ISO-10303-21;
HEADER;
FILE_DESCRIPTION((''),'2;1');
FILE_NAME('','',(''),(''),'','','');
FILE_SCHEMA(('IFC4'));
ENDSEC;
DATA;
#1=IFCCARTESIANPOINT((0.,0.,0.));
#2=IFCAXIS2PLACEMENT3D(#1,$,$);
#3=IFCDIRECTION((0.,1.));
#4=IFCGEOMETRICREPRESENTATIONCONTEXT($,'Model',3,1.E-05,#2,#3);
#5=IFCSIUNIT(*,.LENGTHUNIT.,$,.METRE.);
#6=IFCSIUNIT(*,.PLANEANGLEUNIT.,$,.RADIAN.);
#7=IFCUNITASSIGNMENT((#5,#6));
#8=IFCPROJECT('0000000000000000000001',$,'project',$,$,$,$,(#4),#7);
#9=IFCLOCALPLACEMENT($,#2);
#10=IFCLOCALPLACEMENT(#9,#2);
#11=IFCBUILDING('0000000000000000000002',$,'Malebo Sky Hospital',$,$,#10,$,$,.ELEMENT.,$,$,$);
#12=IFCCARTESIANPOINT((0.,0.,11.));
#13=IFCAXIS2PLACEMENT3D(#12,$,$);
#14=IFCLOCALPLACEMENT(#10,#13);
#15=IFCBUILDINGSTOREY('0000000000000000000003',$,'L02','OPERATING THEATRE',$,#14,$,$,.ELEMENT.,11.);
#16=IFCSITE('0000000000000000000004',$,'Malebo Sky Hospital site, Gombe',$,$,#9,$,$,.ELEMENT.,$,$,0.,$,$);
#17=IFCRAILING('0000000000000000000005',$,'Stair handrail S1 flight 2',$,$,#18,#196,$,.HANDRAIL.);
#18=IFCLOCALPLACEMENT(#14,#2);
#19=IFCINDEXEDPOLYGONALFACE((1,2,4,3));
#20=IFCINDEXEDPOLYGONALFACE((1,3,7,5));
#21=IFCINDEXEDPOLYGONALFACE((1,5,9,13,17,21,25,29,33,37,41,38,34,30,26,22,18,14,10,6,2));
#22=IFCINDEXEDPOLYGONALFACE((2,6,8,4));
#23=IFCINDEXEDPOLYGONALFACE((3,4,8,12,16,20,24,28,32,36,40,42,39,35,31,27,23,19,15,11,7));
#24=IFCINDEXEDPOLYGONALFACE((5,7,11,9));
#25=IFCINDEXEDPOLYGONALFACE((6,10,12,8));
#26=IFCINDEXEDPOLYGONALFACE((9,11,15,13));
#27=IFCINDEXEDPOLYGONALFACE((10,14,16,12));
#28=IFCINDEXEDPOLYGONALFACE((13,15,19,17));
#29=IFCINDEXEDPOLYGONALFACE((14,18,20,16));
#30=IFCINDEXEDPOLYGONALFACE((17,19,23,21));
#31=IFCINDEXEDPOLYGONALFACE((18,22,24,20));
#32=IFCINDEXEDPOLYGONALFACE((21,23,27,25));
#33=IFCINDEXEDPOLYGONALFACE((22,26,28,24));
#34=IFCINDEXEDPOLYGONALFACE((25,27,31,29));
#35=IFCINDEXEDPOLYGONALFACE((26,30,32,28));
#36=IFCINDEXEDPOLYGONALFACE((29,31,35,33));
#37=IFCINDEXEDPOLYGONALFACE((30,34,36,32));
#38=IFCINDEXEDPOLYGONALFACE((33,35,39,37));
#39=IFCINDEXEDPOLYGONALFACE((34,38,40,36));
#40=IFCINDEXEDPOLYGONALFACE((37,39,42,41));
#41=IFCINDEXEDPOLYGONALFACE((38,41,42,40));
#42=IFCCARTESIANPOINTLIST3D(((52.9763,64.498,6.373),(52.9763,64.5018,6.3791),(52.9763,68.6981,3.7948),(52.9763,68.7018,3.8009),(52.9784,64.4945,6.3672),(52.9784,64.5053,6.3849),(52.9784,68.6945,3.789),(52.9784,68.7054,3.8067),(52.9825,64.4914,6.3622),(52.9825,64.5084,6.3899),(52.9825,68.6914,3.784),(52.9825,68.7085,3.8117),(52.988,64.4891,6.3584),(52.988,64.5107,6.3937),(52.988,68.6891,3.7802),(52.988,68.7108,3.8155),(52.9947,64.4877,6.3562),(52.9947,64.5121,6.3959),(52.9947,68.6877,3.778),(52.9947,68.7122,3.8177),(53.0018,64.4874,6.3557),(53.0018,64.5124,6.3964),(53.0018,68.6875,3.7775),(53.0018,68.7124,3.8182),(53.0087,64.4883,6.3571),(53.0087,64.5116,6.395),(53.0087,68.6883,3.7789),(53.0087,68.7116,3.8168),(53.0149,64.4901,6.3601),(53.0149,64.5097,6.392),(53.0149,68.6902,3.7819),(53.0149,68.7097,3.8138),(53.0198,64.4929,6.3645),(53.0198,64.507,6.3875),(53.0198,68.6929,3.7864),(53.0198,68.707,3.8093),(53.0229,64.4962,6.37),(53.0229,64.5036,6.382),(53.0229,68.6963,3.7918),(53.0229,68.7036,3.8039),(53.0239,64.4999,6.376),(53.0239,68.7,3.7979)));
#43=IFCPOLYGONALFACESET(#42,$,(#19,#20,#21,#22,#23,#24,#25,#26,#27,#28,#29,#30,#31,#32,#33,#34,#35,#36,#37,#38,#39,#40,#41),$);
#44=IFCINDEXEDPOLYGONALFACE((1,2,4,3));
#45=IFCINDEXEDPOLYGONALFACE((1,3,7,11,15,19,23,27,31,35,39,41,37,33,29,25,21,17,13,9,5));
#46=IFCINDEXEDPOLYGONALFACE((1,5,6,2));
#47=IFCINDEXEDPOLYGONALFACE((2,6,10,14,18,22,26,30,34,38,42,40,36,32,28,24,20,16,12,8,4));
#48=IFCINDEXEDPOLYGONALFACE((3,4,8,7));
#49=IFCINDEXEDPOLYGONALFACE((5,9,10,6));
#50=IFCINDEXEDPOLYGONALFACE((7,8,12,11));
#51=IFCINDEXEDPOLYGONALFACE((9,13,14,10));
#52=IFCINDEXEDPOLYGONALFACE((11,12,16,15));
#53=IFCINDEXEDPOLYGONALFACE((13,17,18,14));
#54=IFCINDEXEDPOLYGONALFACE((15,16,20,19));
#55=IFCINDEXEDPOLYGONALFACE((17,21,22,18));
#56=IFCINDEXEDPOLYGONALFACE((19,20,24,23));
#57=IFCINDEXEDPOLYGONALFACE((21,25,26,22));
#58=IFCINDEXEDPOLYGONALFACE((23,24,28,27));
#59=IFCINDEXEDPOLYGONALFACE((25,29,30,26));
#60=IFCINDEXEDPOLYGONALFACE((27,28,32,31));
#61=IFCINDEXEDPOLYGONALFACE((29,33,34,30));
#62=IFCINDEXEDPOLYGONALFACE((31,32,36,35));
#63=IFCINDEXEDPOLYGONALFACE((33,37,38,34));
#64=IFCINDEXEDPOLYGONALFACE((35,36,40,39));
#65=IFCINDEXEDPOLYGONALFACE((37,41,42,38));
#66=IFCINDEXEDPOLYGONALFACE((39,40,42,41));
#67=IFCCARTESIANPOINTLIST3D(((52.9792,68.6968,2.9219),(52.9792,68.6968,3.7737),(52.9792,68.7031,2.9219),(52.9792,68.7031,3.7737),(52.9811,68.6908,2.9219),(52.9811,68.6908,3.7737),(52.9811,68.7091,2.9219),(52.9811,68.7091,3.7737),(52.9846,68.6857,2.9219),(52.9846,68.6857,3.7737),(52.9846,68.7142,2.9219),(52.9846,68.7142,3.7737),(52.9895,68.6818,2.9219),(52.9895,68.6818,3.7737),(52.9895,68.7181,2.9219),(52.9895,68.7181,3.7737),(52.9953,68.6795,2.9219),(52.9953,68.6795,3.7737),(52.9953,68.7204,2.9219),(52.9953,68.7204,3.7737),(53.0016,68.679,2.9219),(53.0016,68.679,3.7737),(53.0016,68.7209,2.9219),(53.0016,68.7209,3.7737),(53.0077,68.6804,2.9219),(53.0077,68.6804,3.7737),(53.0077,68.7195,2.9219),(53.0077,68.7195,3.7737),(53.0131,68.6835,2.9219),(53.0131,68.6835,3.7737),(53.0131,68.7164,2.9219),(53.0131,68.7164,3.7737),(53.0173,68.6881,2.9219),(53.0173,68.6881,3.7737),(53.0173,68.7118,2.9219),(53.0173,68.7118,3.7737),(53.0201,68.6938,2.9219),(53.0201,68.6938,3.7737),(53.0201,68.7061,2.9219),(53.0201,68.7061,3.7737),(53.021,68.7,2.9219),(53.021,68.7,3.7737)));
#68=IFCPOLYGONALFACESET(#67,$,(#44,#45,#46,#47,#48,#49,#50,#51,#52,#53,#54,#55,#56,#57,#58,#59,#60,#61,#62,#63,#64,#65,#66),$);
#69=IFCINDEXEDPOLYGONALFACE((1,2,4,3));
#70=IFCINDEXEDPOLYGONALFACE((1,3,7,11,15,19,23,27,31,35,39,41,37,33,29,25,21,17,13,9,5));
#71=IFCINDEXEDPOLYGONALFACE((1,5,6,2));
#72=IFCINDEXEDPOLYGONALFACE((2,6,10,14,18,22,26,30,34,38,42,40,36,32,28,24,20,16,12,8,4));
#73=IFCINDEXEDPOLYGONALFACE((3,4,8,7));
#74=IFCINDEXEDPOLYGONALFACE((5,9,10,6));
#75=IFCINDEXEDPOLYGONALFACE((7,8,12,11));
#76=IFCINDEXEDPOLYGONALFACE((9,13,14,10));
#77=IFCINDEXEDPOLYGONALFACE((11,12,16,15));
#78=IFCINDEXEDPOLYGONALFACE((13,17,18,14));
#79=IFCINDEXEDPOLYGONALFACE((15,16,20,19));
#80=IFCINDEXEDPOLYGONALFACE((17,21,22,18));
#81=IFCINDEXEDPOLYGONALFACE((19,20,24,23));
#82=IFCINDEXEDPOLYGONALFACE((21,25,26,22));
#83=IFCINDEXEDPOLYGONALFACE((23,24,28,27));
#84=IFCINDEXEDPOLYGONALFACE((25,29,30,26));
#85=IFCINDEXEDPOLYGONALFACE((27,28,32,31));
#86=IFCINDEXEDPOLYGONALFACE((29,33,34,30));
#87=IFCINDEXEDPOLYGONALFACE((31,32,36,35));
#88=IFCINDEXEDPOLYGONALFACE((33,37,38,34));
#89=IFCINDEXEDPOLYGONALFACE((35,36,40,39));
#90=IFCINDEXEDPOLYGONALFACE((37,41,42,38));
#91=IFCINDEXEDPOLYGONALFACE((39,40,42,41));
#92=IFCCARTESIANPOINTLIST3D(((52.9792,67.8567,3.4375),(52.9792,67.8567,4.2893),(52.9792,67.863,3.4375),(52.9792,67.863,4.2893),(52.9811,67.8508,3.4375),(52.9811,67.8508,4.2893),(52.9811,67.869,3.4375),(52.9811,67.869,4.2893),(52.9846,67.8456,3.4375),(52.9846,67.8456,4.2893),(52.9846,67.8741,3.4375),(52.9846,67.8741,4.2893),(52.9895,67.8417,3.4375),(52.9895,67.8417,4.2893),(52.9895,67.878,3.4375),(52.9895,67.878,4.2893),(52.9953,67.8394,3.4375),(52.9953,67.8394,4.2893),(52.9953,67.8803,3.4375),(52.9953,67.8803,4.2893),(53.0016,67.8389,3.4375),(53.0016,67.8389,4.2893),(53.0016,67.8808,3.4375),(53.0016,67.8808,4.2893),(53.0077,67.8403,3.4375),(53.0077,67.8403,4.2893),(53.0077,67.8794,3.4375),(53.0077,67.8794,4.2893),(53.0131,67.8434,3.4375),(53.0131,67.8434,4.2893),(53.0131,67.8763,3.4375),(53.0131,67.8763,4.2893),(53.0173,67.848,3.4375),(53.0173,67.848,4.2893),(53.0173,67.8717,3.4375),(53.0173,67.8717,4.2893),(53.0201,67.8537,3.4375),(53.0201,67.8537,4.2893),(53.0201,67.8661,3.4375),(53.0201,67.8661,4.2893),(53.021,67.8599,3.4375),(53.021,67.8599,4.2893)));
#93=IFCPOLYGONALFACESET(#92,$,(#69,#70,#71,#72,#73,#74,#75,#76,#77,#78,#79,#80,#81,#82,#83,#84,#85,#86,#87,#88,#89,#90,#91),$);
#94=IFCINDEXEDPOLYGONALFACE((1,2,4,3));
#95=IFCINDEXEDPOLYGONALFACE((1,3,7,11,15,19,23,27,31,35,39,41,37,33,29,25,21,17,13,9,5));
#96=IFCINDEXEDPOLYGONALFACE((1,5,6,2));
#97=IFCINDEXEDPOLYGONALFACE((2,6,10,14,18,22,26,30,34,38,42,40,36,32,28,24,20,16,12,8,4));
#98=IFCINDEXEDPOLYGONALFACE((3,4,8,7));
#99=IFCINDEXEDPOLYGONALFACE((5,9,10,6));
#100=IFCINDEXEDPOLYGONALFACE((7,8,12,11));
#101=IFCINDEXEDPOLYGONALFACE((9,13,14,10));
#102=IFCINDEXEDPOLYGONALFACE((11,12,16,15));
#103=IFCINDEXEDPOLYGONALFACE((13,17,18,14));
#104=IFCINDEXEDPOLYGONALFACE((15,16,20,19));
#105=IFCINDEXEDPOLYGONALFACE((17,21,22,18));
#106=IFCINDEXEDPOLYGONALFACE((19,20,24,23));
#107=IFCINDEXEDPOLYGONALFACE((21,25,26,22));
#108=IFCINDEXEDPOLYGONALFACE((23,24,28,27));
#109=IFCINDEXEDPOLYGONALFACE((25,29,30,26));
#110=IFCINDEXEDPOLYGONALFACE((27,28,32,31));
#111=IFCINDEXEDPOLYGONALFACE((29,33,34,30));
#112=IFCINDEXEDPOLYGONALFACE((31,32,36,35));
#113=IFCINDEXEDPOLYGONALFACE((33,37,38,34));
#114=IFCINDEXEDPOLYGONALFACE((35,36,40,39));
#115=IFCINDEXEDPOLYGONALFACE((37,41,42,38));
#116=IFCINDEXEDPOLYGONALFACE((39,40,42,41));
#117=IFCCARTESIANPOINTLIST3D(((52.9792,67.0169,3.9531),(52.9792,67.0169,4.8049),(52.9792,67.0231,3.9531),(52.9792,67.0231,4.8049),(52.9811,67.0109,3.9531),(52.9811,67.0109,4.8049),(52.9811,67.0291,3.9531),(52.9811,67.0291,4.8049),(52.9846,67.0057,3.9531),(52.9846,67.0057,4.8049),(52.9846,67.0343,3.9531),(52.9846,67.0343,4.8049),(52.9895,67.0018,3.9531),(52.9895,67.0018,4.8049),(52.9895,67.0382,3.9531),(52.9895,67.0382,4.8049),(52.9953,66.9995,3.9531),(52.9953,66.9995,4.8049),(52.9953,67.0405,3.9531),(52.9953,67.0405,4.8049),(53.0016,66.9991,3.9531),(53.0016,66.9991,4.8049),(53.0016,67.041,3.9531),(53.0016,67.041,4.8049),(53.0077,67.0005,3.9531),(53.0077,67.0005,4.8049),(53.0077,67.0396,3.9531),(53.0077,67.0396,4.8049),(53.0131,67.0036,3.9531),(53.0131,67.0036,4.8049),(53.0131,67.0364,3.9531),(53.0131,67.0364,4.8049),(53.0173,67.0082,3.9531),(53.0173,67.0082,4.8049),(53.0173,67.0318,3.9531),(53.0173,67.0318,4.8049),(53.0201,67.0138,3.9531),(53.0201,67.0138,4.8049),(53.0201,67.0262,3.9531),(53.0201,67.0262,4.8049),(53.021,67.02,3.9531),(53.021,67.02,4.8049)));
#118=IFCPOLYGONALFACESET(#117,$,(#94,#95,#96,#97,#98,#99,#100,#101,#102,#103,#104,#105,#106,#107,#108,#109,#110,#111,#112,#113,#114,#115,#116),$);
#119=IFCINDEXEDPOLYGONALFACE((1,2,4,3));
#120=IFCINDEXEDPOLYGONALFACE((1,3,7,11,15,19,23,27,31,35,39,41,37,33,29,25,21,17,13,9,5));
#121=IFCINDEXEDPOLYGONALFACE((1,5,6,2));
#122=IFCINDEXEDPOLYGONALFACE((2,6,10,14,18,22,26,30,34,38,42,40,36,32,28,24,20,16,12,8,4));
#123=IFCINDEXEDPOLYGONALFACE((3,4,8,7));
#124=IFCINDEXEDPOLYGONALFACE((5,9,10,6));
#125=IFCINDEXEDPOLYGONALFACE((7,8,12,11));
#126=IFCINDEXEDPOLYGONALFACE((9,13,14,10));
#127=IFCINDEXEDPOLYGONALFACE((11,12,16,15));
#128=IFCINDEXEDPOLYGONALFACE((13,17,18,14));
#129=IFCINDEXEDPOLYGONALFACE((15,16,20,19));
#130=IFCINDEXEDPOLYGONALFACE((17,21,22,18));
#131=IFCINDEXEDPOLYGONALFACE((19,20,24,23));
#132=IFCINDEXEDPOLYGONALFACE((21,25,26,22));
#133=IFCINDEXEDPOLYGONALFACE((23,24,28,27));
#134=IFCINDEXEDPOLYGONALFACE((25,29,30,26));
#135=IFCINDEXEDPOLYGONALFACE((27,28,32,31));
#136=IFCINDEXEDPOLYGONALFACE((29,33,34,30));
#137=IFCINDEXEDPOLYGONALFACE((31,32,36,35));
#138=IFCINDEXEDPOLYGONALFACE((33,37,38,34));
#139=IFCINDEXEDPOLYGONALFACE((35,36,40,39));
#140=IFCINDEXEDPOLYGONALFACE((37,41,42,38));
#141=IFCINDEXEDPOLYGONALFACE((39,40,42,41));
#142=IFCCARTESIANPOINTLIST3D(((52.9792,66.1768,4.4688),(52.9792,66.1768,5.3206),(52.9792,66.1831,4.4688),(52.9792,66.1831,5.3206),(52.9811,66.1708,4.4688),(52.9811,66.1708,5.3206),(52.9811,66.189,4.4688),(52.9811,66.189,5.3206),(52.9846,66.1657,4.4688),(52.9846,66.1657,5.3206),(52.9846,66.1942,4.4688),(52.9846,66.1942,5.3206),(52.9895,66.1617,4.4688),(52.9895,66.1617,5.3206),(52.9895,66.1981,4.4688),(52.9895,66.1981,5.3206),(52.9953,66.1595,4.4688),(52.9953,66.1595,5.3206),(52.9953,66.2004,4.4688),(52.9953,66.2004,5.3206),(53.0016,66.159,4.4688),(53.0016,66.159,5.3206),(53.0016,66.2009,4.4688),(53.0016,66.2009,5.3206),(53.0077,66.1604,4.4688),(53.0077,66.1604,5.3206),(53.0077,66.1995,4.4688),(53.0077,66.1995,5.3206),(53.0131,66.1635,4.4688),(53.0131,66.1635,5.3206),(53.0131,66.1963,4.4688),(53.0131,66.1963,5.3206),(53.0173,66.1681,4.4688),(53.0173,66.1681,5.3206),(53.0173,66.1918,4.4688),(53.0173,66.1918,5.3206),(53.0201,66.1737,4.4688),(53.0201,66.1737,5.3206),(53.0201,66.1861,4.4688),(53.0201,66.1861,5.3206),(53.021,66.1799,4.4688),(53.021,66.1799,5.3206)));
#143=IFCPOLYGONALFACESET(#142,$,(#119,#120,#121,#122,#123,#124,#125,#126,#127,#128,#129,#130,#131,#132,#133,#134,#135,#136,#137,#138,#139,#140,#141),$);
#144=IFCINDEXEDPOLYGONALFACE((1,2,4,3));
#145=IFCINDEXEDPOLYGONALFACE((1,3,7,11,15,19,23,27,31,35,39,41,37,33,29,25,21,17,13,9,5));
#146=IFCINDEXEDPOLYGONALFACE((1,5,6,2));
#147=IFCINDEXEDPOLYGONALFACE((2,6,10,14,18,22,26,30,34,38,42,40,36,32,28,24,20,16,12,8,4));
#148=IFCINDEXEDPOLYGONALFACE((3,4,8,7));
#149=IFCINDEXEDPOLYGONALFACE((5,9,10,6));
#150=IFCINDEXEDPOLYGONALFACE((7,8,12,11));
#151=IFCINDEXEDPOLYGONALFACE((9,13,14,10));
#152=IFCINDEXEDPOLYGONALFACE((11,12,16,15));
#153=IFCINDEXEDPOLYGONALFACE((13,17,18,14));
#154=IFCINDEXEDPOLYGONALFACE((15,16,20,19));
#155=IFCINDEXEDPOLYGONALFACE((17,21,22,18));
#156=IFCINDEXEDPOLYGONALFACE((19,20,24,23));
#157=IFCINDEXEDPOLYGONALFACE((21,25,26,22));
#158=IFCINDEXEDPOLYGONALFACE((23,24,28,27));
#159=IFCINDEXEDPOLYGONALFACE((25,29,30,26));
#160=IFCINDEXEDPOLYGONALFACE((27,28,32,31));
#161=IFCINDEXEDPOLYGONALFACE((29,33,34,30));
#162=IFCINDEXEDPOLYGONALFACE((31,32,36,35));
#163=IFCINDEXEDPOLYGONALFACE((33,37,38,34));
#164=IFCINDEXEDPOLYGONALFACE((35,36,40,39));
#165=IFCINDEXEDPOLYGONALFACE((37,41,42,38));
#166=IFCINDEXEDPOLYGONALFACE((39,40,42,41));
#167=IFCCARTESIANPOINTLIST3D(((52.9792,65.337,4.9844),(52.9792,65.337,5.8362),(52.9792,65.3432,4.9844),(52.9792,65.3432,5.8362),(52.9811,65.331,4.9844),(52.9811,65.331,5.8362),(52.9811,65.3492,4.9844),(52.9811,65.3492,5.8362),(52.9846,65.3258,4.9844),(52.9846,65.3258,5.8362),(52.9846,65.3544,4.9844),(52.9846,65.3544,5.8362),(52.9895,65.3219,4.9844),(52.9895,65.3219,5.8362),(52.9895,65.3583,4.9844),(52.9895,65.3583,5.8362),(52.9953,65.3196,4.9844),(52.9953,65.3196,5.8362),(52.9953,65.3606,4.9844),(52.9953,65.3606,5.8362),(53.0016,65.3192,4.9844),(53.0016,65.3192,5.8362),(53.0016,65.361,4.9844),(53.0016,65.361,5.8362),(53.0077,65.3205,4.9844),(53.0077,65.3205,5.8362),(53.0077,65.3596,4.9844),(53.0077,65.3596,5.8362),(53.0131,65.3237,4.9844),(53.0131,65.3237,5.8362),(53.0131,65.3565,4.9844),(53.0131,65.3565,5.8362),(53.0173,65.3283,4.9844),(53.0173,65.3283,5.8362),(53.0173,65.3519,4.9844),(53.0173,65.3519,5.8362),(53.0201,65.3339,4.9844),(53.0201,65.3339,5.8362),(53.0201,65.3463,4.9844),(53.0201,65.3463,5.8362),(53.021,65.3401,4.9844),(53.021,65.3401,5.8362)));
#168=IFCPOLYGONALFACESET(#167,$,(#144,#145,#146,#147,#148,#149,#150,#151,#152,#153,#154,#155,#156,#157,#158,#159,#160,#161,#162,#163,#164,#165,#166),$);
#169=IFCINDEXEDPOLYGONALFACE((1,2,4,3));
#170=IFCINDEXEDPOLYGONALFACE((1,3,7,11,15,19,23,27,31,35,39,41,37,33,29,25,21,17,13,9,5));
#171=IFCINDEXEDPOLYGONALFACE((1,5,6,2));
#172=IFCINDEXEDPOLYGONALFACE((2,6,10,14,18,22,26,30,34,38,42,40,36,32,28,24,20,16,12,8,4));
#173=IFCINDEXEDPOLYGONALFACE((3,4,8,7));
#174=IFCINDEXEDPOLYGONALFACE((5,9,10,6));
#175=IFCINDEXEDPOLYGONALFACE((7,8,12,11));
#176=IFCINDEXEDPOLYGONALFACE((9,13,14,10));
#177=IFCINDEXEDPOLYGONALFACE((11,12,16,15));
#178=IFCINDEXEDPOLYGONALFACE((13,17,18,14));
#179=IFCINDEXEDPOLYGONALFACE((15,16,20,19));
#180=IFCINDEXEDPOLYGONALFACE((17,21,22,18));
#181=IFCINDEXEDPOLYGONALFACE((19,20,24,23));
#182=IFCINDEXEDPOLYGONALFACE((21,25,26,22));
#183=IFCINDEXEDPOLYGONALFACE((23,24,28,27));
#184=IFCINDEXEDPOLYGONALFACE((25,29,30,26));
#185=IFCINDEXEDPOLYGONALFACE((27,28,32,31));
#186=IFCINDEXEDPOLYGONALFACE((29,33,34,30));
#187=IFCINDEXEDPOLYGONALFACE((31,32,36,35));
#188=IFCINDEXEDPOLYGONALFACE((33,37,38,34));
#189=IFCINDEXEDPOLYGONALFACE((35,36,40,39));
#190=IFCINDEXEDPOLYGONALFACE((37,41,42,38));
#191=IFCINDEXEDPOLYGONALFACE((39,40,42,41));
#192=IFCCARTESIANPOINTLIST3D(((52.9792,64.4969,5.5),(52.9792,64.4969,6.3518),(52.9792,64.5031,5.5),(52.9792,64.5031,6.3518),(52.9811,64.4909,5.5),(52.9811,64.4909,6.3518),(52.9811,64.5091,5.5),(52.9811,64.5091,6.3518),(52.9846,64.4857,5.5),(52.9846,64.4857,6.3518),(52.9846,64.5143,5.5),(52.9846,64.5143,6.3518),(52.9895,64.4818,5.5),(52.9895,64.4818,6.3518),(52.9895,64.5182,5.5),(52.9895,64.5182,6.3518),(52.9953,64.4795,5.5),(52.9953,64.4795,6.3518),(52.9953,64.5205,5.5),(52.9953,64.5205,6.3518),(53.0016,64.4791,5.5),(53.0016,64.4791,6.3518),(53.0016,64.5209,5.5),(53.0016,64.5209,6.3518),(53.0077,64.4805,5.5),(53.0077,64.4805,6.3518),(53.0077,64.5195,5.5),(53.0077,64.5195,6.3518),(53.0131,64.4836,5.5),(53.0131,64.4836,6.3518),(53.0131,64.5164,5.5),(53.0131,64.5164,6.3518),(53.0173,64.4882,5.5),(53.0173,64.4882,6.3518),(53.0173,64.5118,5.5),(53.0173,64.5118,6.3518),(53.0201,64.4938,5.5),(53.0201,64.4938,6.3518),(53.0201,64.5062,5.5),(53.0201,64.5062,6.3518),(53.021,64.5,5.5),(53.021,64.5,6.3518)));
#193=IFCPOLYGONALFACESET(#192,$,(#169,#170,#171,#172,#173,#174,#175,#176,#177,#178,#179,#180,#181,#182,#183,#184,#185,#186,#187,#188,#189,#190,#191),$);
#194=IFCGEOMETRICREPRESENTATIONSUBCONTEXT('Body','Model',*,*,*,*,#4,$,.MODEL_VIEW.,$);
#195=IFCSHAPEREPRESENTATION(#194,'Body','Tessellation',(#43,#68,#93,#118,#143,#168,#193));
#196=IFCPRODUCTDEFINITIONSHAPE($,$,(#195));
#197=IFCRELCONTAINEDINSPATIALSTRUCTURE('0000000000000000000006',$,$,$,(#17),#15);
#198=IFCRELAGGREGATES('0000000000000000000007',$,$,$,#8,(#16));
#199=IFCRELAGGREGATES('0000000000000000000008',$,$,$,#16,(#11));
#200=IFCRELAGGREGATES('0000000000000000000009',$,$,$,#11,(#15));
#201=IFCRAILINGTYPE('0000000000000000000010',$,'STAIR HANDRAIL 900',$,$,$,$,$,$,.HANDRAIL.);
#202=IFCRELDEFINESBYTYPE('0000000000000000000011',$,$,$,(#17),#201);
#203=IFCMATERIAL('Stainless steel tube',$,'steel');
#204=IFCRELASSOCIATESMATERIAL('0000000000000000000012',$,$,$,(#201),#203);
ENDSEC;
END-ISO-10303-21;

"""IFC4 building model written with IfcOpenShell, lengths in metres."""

from ifc_helpers import new_model, si_unit, direction, frame, origin, origin_2d, place, context, subcontext, project, spatial, circle, extrude, material, type_object, element, save


model = new_model("IFC4")

# Units and contexts
model_context = context("Model", 3, precision=1e-05, world=origin(), true_north=direction((0.0, 1.0)))
body_context = subcontext(model_context, "Body", "Model", "MODEL_VIEW")
ifc_project = project(units=[si_unit("LENGTHUNIT", "METRE"), si_unit("PLANEANGLEUNIT", "RADIAN")], contexts=[model_context])

# Site, building, storey
site_placement = place(None, origin())
site = spatial("IfcSite", under=ifc_project, at=site_placement, Name="Malebo Sky Hospital site, Gombe", CompositionType="ELEMENT", RefElevation=0.0)
building_placement = place(site_placement, origin())
building = spatial("IfcBuilding", under=site, at=building_placement, Name="Malebo Sky Hospital", CompositionType="ELEMENT")
storey_placement = place(building_placement, frame((0.0, 0.0, 11.0)))
storey = spatial("IfcBuildingStorey", under=building, at=storey_placement, Name="L02", Description="OPERATING THEATRE", CompositionType="ELEMENT", Elevation=11.0)

# Railing
ifc_material_1 = material(Name="Stainless steel tube", Category="steel")
railing_type = type_object("IfcRailingType", Name="STAIR HANDRAIL 900", PredefinedType="HANDRAIL", material=ifc_material_1)
railing_1_placement = place(storey_placement, frame((53.0, 68.7, 2.9219)))
element("IfcRailing", 1, at=railing_1_placement, inside=storey, type_object=railing_type, Name="Stair handrail S1 flight 2", PredefinedType="HANDRAIL", context=body_context, shape_type="SweptSolid", body=[
    extrude(circle(Radius=0.0239, at=origin_2d()), frame((0.0, 0.0, 0.876), z_axis=(0.0, -0.852243, 0.523146), x_axis=(1.0, 0.0, 0.0)), (0.0, 0.0, 1.0), 4.9282),
    extrude(circle(Radius=0.021, at=origin_2d()), origin(), (0.0, 0.0, 1.0), 0.8518),
    extrude(circle(Radius=0.021, at=origin_2d()), frame((0.0, -0.8401, 0.5156)), (0.0, 0.0, 1.0), 0.8518),
    extrude(circle(Radius=0.021, at=origin_2d()), frame((0.0, -1.6799, 1.0312)), (0.0, 0.0, 1.0), 0.8518),
    extrude(circle(Radius=0.021, at=origin_2d()), frame((0.0, -2.52, 1.5469)), (0.0, 0.0, 1.0), 0.8518),
    extrude(circle(Radius=0.021, at=origin_2d()), frame((0.0, -3.3599, 2.0625)), (0.0, 0.0, 1.0), 0.8518),
    extrude(circle(Radius=0.021, at=origin_2d()), frame((0.0, -4.2, 2.5781)), (0.0, 0.0, 1.0), 0.8518),
])

save(model, "model.ifc")
